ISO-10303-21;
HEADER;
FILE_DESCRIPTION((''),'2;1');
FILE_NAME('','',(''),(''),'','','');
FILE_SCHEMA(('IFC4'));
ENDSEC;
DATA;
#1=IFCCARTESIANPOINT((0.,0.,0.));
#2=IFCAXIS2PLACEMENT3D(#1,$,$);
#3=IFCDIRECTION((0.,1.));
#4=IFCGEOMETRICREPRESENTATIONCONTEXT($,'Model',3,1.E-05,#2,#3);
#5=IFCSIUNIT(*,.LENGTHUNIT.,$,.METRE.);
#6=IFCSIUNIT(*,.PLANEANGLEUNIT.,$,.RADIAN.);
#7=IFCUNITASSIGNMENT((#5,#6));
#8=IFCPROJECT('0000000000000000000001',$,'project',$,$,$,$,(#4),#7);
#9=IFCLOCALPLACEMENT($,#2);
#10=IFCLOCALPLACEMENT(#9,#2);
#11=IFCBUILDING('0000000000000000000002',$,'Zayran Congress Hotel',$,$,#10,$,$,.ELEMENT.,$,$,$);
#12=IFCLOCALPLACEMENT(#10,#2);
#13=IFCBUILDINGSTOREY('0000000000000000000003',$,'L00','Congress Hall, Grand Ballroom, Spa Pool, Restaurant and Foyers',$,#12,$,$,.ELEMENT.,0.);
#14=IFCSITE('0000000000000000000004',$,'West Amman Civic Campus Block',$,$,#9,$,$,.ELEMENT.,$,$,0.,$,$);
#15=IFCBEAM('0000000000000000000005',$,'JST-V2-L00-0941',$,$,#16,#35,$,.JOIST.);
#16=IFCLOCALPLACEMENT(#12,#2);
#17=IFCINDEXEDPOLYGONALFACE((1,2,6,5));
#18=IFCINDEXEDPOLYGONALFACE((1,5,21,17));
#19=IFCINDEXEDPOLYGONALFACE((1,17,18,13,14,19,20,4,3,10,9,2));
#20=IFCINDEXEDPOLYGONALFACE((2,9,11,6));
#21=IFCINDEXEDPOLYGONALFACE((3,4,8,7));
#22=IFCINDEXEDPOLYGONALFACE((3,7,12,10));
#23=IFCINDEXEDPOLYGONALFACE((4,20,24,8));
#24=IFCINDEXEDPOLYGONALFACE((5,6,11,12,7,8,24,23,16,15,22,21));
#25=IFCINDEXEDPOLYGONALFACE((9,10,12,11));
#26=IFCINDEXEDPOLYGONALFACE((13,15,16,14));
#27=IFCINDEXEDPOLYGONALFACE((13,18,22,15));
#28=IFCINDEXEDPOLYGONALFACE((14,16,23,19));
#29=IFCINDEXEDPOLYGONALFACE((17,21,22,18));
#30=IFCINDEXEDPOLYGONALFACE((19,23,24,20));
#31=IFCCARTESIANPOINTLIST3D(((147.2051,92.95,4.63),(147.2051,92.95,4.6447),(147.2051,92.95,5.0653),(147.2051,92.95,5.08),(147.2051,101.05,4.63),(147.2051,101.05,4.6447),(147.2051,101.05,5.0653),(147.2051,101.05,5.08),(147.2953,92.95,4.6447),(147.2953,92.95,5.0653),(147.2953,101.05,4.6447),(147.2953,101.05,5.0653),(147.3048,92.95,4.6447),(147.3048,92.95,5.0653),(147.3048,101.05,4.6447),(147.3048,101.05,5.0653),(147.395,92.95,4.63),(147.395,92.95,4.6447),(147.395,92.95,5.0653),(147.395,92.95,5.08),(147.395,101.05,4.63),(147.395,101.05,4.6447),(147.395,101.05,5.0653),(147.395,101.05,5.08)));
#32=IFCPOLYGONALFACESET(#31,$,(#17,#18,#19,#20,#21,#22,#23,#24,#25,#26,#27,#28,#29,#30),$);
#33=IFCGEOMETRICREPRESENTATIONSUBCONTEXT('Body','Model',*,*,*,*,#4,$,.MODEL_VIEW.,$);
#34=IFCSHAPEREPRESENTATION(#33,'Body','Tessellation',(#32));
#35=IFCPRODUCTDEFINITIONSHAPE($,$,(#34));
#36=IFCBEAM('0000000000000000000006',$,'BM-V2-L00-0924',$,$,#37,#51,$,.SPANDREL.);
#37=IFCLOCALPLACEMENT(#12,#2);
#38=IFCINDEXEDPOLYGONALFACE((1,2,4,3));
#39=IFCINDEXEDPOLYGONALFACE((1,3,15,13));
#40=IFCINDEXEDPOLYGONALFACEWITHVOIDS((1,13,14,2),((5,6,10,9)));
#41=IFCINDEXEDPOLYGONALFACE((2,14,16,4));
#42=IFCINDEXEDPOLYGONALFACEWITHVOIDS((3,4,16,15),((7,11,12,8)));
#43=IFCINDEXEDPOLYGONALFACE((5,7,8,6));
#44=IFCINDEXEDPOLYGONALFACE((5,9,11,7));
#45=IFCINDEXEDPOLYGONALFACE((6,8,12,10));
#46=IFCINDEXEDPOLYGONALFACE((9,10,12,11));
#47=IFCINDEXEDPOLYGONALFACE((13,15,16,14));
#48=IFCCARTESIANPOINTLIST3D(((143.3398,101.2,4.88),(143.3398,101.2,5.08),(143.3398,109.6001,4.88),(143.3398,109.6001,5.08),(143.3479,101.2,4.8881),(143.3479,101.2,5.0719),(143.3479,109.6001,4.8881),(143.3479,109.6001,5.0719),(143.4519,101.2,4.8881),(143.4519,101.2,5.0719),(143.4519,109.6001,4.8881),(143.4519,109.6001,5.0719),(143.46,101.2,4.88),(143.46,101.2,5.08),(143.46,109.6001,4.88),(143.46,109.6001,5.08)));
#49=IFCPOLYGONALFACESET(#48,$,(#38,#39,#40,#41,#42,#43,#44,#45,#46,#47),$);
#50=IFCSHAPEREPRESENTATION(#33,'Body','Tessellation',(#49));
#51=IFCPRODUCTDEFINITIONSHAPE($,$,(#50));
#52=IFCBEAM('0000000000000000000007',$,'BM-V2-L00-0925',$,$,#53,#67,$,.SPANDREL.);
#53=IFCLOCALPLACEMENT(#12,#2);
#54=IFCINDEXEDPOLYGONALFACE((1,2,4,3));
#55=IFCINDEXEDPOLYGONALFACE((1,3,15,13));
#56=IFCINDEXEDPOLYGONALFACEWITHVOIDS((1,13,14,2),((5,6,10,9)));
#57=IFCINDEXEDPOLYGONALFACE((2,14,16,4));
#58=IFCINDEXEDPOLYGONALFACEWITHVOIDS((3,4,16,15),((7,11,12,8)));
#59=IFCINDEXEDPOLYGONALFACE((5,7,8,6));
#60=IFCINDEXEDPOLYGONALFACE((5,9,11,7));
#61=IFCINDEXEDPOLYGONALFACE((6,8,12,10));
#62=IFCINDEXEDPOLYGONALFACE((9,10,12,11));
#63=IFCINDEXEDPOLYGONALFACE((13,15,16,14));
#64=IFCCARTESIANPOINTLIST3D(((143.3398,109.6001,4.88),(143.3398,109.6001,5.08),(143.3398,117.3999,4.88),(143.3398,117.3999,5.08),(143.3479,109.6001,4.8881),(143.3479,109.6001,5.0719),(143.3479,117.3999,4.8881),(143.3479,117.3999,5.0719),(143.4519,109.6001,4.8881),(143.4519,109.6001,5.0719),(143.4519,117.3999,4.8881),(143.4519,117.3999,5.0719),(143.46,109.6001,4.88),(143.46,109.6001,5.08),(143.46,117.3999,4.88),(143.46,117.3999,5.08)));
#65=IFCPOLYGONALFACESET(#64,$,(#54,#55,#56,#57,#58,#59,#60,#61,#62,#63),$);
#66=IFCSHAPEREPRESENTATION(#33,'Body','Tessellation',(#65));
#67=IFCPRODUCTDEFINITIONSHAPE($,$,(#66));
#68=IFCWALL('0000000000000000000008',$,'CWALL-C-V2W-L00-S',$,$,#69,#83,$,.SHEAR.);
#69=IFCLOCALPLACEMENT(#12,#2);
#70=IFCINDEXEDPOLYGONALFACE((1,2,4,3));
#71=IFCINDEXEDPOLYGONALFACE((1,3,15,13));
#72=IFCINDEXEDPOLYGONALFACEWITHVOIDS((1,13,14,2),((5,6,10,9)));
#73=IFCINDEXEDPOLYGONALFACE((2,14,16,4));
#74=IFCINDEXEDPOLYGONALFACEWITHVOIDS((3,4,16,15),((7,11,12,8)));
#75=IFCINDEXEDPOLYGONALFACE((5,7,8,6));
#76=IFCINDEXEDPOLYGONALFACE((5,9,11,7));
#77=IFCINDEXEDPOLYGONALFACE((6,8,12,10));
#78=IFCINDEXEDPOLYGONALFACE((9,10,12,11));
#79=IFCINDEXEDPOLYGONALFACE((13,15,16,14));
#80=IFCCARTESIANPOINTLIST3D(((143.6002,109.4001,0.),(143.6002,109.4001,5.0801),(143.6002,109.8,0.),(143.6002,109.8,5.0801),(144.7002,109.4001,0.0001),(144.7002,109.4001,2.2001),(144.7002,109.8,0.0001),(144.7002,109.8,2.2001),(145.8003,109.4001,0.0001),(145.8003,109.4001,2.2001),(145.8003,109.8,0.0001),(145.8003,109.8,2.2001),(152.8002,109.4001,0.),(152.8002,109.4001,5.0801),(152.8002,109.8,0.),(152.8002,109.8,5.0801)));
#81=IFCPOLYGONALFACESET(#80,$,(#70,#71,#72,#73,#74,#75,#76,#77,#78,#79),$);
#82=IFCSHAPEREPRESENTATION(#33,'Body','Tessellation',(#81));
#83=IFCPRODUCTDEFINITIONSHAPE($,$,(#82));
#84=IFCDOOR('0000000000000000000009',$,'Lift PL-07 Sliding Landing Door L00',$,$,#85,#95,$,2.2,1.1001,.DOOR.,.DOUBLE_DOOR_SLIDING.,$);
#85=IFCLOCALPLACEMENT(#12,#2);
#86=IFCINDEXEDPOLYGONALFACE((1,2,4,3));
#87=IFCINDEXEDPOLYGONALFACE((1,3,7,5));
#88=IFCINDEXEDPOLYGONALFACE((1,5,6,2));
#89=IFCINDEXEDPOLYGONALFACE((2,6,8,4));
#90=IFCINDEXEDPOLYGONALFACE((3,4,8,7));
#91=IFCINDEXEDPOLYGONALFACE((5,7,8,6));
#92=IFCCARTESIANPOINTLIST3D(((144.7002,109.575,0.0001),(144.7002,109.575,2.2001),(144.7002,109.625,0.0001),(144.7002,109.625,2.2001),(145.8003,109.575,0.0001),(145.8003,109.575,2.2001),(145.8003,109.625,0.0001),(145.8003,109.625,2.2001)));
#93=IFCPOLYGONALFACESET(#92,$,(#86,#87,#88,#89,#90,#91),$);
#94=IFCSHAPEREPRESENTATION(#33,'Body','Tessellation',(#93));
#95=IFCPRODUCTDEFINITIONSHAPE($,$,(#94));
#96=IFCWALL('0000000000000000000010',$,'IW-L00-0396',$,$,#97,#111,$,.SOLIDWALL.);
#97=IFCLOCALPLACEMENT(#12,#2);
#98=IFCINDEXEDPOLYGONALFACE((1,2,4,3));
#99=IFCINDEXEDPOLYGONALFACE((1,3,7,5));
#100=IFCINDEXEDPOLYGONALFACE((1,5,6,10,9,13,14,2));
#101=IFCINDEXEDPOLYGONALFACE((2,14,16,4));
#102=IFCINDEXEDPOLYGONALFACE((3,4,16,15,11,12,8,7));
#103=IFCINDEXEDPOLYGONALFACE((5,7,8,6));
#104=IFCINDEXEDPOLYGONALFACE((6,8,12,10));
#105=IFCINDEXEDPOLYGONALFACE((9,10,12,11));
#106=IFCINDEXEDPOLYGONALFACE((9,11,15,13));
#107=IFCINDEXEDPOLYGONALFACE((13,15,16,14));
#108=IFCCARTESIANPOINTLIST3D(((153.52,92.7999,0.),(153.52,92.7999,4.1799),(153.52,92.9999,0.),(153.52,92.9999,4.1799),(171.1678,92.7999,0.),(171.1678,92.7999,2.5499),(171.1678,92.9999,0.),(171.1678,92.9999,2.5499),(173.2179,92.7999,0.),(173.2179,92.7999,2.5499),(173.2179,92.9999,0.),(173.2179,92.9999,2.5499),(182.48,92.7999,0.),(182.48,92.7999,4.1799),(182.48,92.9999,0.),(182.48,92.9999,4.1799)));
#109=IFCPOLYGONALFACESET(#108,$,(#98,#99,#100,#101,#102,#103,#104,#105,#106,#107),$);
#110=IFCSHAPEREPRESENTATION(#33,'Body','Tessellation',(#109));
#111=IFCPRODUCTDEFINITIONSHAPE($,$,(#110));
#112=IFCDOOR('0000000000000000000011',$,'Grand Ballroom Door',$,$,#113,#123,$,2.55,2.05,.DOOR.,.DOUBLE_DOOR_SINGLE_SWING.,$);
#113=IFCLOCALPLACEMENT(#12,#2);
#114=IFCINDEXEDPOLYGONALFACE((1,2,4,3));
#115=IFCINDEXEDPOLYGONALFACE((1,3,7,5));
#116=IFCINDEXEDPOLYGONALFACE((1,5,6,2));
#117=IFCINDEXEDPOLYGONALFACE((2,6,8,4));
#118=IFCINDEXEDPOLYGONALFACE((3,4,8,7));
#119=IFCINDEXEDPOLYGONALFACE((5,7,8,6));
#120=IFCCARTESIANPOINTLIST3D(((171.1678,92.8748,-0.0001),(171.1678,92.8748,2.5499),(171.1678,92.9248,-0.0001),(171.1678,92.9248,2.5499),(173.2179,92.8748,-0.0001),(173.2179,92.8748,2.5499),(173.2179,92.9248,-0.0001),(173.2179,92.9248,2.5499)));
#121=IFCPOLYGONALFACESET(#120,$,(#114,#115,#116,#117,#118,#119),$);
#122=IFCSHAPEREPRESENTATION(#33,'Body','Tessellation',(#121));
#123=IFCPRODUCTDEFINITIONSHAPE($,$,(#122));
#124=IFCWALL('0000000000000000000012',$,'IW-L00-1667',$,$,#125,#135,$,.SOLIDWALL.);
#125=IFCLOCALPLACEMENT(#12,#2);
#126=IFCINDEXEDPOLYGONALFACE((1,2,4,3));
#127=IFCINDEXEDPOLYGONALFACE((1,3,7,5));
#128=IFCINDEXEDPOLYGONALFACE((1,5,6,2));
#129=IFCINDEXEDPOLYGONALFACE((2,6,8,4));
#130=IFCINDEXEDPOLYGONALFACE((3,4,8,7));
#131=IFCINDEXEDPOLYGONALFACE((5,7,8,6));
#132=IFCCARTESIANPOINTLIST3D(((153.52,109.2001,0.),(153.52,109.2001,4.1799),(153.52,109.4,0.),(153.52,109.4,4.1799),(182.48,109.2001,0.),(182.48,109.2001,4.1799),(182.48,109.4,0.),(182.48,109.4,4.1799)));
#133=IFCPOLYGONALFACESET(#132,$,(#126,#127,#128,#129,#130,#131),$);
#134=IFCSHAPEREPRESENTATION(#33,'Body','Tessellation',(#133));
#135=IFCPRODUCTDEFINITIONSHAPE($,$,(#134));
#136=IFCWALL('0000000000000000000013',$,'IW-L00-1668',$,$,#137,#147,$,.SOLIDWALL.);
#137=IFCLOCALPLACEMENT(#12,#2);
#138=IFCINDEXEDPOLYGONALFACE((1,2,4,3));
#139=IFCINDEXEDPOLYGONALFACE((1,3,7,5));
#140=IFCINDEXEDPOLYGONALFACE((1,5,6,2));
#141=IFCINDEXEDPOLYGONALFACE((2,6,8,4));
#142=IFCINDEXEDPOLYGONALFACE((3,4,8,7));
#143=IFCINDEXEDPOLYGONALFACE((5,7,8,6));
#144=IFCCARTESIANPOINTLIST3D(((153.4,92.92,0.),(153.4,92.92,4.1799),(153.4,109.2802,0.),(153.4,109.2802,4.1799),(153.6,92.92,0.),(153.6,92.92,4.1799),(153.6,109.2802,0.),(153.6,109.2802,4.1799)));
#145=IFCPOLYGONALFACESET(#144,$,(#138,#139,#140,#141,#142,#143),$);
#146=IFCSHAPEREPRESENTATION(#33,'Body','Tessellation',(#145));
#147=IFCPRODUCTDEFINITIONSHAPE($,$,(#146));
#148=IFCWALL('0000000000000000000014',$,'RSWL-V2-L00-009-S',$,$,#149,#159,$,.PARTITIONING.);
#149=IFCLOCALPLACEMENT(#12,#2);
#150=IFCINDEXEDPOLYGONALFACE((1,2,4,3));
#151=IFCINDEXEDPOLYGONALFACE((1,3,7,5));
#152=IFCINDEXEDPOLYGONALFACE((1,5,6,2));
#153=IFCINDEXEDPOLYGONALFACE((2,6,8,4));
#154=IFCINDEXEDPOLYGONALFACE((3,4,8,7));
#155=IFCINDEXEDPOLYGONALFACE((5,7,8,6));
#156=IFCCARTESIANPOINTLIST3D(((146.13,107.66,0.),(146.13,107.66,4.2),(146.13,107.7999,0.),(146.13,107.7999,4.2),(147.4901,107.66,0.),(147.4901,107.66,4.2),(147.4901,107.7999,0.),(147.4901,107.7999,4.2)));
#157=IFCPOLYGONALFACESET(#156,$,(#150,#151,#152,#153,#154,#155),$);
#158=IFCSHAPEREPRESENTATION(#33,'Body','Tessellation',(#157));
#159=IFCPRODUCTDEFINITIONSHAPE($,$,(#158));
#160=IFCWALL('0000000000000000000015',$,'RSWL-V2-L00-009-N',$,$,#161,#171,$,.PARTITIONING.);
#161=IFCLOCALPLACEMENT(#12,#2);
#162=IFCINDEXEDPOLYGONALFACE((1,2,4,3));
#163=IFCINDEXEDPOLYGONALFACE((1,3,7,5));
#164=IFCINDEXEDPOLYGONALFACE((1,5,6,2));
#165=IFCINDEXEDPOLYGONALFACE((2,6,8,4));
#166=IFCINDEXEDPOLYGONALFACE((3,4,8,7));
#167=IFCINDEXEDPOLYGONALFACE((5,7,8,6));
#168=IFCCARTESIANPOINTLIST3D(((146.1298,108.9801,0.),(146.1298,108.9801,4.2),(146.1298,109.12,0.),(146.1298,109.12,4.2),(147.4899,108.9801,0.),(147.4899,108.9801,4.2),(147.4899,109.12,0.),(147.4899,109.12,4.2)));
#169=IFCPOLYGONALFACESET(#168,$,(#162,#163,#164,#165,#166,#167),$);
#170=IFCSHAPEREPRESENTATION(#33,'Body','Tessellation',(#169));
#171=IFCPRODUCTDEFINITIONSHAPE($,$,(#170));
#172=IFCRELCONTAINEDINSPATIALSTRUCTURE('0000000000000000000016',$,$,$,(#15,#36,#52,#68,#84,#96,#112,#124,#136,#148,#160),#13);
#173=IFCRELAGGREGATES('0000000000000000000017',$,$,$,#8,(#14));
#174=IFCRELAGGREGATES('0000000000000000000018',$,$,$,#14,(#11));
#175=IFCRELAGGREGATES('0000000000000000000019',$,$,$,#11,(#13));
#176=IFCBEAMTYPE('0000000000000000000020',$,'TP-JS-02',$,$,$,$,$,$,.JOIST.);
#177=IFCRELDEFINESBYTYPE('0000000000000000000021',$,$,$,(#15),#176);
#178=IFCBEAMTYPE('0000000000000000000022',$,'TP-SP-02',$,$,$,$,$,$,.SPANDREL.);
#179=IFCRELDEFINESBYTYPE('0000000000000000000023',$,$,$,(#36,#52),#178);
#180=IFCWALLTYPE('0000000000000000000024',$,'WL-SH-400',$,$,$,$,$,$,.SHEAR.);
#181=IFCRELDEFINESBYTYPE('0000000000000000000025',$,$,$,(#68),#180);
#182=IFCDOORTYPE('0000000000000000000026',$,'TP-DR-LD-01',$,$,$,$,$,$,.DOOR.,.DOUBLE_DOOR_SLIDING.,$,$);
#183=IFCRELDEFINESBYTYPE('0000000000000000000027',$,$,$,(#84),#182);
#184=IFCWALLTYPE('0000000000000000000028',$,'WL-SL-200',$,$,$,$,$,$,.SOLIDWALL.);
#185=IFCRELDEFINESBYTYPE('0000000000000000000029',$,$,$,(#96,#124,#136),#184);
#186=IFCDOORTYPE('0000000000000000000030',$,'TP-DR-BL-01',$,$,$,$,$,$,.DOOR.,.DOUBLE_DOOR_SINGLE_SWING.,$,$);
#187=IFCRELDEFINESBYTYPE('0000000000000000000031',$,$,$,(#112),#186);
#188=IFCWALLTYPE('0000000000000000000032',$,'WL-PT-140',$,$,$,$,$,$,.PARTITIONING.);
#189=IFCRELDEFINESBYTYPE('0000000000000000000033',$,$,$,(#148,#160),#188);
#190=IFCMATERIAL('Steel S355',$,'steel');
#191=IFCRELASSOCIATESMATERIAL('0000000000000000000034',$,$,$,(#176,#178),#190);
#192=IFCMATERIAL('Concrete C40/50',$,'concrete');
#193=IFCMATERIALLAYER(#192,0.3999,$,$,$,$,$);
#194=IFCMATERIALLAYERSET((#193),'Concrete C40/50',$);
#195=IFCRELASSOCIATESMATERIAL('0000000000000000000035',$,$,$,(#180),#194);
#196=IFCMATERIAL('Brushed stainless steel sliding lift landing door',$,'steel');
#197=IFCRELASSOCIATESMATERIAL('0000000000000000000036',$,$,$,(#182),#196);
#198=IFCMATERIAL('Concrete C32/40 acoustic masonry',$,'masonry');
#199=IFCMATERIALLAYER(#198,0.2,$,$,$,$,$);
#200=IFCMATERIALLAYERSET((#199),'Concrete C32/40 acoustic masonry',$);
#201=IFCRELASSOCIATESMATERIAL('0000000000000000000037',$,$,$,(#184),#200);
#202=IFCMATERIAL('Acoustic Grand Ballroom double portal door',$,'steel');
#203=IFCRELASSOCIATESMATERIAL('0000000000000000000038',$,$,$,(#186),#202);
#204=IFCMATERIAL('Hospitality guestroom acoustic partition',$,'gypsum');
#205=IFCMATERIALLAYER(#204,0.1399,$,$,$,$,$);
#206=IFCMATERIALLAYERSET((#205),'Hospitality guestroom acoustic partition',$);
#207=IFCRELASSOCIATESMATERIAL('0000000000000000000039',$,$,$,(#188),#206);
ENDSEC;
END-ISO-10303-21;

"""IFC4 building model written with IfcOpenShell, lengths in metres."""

from ifc_helpers import new_model, si_unit, direction, frame, frame_2d, origin, origin_2d, place, context, subcontext, project, spatial, rectangle, hollow_rectangle, i_section, extrude, material, layer, layer_set, material_profile, profile_set, type_object, element, fill, save


model = new_model("IFC4")

# Units and contexts
model_context = context("Model", 3, precision=1e-05, world=origin(), true_north=direction((0.0, 1.0)))
body_context = subcontext(model_context, "Body", "Model", "MODEL_VIEW")
ifc_project = project(units=[si_unit("LENGTHUNIT", "METRE"), si_unit("PLANEANGLEUNIT", "RADIAN")], contexts=[model_context])

# Site, building, storey
site_placement = place(None, origin())
site = spatial("IfcSite", under=ifc_project, at=site_placement, Name="West Amman Civic Campus Block", CompositionType="ELEMENT", RefElevation=0.0)
building_placement = place(site_placement, origin())
building = spatial("IfcBuilding", under=site, at=building_placement, Name="Zayran Congress Hotel", CompositionType="ELEMENT")
storey_placement = place(building_placement, origin())
storey = spatial("IfcBuildingStorey", under=building, at=storey_placement, Name="L00", Description="Congress Hall, Grand Ballroom, Spa Pool, Restaurant and Foyers", CompositionType="ELEMENT", Elevation=0.0)

# Shared definitions
ifc_material_1 = material(Name="Concrete C40/50", Category="concrete")

# Beams
ifc_material_2 = material(Name="Steel S355", Category="steel")
ifc_material_profile_1 = material_profile(ifc_material_2, i_section(OverallWidth=0.1899, OverallDepth=0.45, WebThickness=0.0095, FlangeThickness=0.0146, at=origin_2d()), Name="IPE 450")
ifc_profile_set_1 = profile_set([ifc_material_profile_1], Name="Steel S355")
beam_type_1 = type_object("IfcBeamType", Name="TP-JS-02", PredefinedType="JOIST", material=ifc_profile_set_1)
beam_1_placement = place(storey_placement, frame((147.3, 92.95, 4.855), z_axis=(0.0, 1.0, 0.0), x_axis=(-1.0, 0.0, 0.0)))
element("IfcBeam", 1, at=beam_1_placement, inside=storey, type_object=beam_type_1, Name="JST-V2-L00-0941", PredefinedType="JOIST", context=body_context, shape_type="SweptSolid", body=[
    extrude(i_section(OverallWidth=0.1899, OverallDepth=0.45, WebThickness=0.0095, FlangeThickness=0.0146, at=origin_2d()), origin(), (0.0, 0.0, 1.0), 8.1001),
])
ifc_material_profile_2 = material_profile(ifc_material_2, hollow_rectangle(XDim=0.1201, YDim=0.2, WallThickness=0.0081, at=origin_2d()), Name="RHS 200x120x8")
ifc_profile_set_2 = profile_set([ifc_material_profile_2], Name="Steel S355")
beam_type_2 = type_object("IfcBeamType", Name="TP-SP-02", PredefinedType="SPANDREL", material=ifc_profile_set_2)
beam_2_placement = place(storey_placement, frame((143.3999, 101.2, 4.98), z_axis=(0.0, 1.0, 0.0), x_axis=(-1.0, 0.0, 0.0)))
element("IfcBeam", 2, at=beam_2_placement, inside=storey, type_object=beam_type_2, Name="BM-V2-L00-0924", PredefinedType="SPANDREL", context=body_context, shape_type="SweptSolid", body=[
    extrude(hollow_rectangle(XDim=0.1201, YDim=0.2, WallThickness=0.0081, at=origin_2d()), origin(), (0.0, 0.0, 1.0), 8.4001),
])
beam_3_placement = place(storey_placement, frame((143.3999, 109.6001, 4.98), z_axis=(0.0, 1.0, 0.0), x_axis=(-1.0, 0.0, 0.0)))
element("IfcBeam", 3, at=beam_3_placement, inside=storey, type_object=beam_type_2, Name="BM-V2-L00-0925", PredefinedType="SPANDREL", context=body_context, shape_type="SweptSolid", body=[
    extrude(hollow_rectangle(XDim=0.1201, YDim=0.2, WallThickness=0.0081, at=origin_2d()), origin(), (0.0, 0.0, 1.0), 7.7998),
])

# Walls, openings, doors
ifc_layer_1 = layer(ifc_material_1, 0.3999)
ifc_layer_set_1 = layer_set([ifc_layer_1], Name="Concrete C40/50")
wall_type_1 = type_object("IfcWallType", Name="WL-SH-400", PredefinedType="SHEAR", material=ifc_layer_set_1)
wall_1_placement = place(storey_placement, frame((143.6001, 109.6001, 0.0), z_axis=(0.0, 0.0, 1.0), x_axis=(1.0, 0.0, 0.0)))
wall_1 = element("IfcWall", 4, at=wall_1_placement, inside=storey, type_object=wall_type_1, Name="CWALL-C-V2W-L00-S", PredefinedType="SHEAR", context=body_context, shape_type="SweptSolid", body=[
    extrude(rectangle(XDim=9.2, YDim=0.3999, at=frame_2d((4.6001, 0.0))), origin(), (0.0, 0.0, 1.0), 5.0801),
])
opening_1_placement = place(wall_1_placement, frame((1.1001, 0.0, 0.0)))
opening_1 = element("IfcOpeningElement", 5, at=opening_1_placement, cuts=wall_1, PredefinedType="OPENING", context=body_context, shape_type="SweptSolid", body=[
    extrude(rectangle(XDim=1.1001, YDim=2.2, at=frame_2d((0.55, 1.1001))), frame((0.0, 0.21, 0.0), z_axis=(0.0, -1.0, 0.0), x_axis=(1.0, 0.0, 0.0)), (0.0, 0.0, 1.0), 0.4199),
])
ifc_material_3 = material(Name="Brushed stainless steel sliding lift landing door", Category="steel")
door_type_1 = type_object("IfcDoorType", Name="TP-DR-LD-01", OperationType="DOUBLE_DOOR_SLIDING", PredefinedType="DOOR", material=ifc_material_3)
door_1_placement = place(opening_1_placement, origin())
door_1 = element("IfcDoor", 6, at=door_1_placement, inside=storey, type_object=door_type_1, Name="Lift PL-07 Sliding Landing Door L00", OperationType="DOUBLE_DOOR_SLIDING", OverallHeight=2.2, OverallWidth=1.1001, PredefinedType="DOOR", context=body_context, shape_type="SweptSolid", body=[
    extrude(rectangle(XDim=1.1001, YDim=2.2, at=frame_2d((0.55, 1.1001))), frame((0.0, 0.0249, 0.0), z_axis=(0.0, -1.0, 0.0), x_axis=(1.0, 0.0, 0.0)), (0.0, 0.0, 1.0), 0.05),
])
fill(opening_1, door_1)
ifc_material_4 = material(Name="Concrete C32/40 acoustic masonry", Category="masonry")
ifc_layer_2 = layer(ifc_material_4, 0.2)
ifc_layer_set_2 = layer_set([ifc_layer_2], Name="Concrete C32/40 acoustic masonry")
wall_type_2 = type_object("IfcWallType", Name="WL-SL-200", PredefinedType="SOLIDWALL", material=ifc_layer_set_2)
wall_2_placement = place(storey_placement, frame((153.52, 92.8999, 0.0), z_axis=(0.0, 0.0, 1.0), x_axis=(1.0, 0.0, 0.0)))
wall_2 = element("IfcWall", 7, at=wall_2_placement, inside=storey, type_object=wall_type_2, Name="IW-L00-0396", PredefinedType="SOLIDWALL", context=body_context, shape_type="SweptSolid", body=[
    extrude(rectangle(XDim=28.96, YDim=0.2, at=frame_2d((14.48, 0.0))), origin(), (0.0, 0.0, 1.0), 4.1799),
])
opening_2_placement = place(wall_2_placement, frame((17.6479, 0.0, 0.0)))
opening_2 = element("IfcOpeningElement", 8, at=opening_2_placement, cuts=wall_2, PredefinedType="OPENING", context=body_context, shape_type="SweptSolid", body=[
    extrude(rectangle(XDim=2.05, YDim=2.55, at=frame_2d((1.0249, 1.2749))), frame((0.0, 0.1099, 0.0), z_axis=(0.0, -1.0, 0.0), x_axis=(1.0, 0.0, 0.0)), (0.0, 0.0, 1.0), 0.22),
])
ifc_material_5 = material(Name="Acoustic Grand Ballroom double portal door", Category="steel")
door_type_2 = type_object("IfcDoorType", Name="TP-DR-BL-01", OperationType="DOUBLE_DOOR_SINGLE_SWING", PredefinedType="DOOR", material=ifc_material_5)
door_2_placement = place(opening_2_placement, origin())
door_2 = element("IfcDoor", 9, at=door_2_placement, inside=storey, type_object=door_type_2, Name="Grand Ballroom Door", OperationType="DOUBLE_DOOR_SINGLE_SWING", OverallHeight=2.55, OverallWidth=2.05, PredefinedType="DOOR", context=body_context, shape_type="SweptSolid", body=[
    extrude(rectangle(XDim=2.05, YDim=2.55, at=frame_2d((1.0249, 1.2749))), frame((0.0, 0.0249, 0.0), z_axis=(0.0, -1.0, 0.0), x_axis=(1.0, 0.0, 0.0)), (0.0, 0.0, 1.0), 0.05),
])
fill(opening_2, door_2)

# Walls
wall_3_placement = place(storey_placement, frame((153.52, 109.3, 0.0), z_axis=(0.0, 0.0, 1.0), x_axis=(1.0, 0.0, 0.0)))
element("IfcWall", 10, at=wall_3_placement, inside=storey, type_object=wall_type_2, Name="IW-L00-1667", PredefinedType="SOLIDWALL", context=body_context, shape_type="SweptSolid", body=[
    extrude(rectangle(XDim=28.96, YDim=0.2, at=frame_2d((14.48, 0.0))), origin(), (0.0, 0.0, 1.0), 4.1799),
])
wall_4_placement = place(storey_placement, frame((153.5, 92.9199, 0.0), z_axis=(0.0, 0.0, 1.0), x_axis=(0.0, 1.0, 0.0)))
element("IfcWall", 11, at=wall_4_placement, inside=storey, type_object=wall_type_2, Name="IW-L00-1668", PredefinedType="SOLIDWALL", context=body_context, shape_type="SweptSolid", body=[
    extrude(rectangle(XDim=16.3601, YDim=0.2, at=frame_2d((8.1802, 0.0))), origin(), (0.0, 0.0, 1.0), 4.1799),
])
ifc_material_6 = material(Name="Hospitality guestroom acoustic partition", Category="gypsum")
ifc_layer_3 = layer(ifc_material_6, 0.1399)
ifc_layer_set_3 = layer_set([ifc_layer_3], Name="Hospitality guestroom acoustic partition")
wall_type_3 = type_object("IfcWallType", Name="WL-PT-140", PredefinedType="PARTITIONING", material=ifc_layer_set_3)
for number, where, z_axis, x_axis, name in (
    (12, (146.1299, 107.73, 0.0), (0.0, 0.0, 1.0), (1.0, 0.0, 0.0), "RSWL-V2-L00-009-S"),
    (13, (147.49, 109.05, 0.0), (0.0, 0.0, 1.0), (-1.0, 0.0, 0.0), "RSWL-V2-L00-009-N"),
):
    element("IfcWall", number, at=place(storey_placement, frame(where, z_axis=z_axis, x_axis=x_axis)), inside=storey, type_object=wall_type_3, Name=name, PredefinedType="PARTITIONING", context=body_context, shape_type="SweptSolid", body=[
        extrude(rectangle(XDim=1.3601, YDim=0.1399, at=frame_2d((0.6802, 0.0))), origin(), (0.0, 0.0, 1.0), 4.2),
    ])

save(model, "model.ifc")
